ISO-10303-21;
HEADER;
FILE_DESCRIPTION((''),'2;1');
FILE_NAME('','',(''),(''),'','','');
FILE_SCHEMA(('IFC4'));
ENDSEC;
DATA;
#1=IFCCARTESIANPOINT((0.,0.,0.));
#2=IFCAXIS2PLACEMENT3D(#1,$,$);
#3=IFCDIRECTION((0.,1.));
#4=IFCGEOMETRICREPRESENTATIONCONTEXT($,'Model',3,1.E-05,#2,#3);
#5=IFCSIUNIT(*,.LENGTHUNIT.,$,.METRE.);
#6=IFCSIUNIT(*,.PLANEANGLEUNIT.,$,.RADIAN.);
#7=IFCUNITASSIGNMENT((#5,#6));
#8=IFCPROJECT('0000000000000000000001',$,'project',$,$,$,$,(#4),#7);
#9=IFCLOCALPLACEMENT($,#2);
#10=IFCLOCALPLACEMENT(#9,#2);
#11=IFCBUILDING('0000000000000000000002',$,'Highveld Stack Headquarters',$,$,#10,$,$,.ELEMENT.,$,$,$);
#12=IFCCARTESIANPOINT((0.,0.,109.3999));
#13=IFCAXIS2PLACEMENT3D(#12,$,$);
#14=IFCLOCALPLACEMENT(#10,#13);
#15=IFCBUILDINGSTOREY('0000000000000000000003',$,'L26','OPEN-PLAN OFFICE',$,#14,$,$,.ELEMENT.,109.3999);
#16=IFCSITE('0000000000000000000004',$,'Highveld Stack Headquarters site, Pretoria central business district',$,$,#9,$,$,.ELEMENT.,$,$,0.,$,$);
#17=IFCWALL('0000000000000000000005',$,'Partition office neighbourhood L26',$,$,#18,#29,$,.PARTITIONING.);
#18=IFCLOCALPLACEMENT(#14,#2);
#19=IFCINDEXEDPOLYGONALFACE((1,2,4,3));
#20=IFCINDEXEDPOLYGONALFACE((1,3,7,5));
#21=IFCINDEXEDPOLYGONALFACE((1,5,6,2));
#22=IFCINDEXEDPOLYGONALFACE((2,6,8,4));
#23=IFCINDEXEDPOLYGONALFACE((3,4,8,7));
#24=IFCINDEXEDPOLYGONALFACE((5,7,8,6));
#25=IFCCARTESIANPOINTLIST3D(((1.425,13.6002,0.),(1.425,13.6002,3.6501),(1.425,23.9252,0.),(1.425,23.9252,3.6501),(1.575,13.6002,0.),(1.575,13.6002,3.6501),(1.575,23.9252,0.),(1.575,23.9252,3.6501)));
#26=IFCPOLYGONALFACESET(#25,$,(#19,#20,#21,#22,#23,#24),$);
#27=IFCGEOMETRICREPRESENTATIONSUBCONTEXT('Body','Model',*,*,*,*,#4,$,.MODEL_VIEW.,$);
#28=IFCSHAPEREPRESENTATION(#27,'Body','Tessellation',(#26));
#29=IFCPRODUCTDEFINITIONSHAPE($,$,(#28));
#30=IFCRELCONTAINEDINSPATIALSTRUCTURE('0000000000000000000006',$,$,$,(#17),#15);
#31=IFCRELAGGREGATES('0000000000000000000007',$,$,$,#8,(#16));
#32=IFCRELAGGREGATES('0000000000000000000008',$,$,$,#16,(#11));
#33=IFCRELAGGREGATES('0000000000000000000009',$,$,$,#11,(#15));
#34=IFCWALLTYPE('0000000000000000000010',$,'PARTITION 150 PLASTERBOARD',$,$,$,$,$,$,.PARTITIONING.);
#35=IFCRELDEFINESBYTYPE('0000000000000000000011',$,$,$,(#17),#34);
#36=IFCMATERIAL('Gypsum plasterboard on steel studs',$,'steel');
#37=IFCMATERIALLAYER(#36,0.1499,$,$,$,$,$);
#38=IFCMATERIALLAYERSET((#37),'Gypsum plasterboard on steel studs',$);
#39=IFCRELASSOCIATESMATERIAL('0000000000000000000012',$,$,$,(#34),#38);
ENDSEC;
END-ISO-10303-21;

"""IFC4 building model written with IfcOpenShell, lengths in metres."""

from ifc_helpers import new_model, si_unit, direction, frame, frame_2d, origin, place, context, subcontext, project, spatial, rectangle, extrude, material, layer, layer_set, type_object, element, save


model = new_model("IFC4")

# Units and contexts
model_context = context("Model", 3, precision=1e-05, world=origin(), true_north=direction((0.0, 1.0)))
body_context = subcontext(model_context, "Body", "Model", "MODEL_VIEW")
ifc_project = project(units=[si_unit("LENGTHUNIT", "METRE"), si_unit("PLANEANGLEUNIT", "RADIAN")], contexts=[model_context])

# Site, building, storey
site_placement = place(None, origin())
site = spatial("IfcSite", under=ifc_project, at=site_placement, Name="Highveld Stack Headquarters site, Pretoria central business district", CompositionType="ELEMENT", RefElevation=0.0)
building_placement = place(site_placement, origin())
building = spatial("IfcBuilding", under=site, at=building_placement, Name="Highveld Stack Headquarters", CompositionType="ELEMENT")
storey_placement = place(building_placement, frame((0.0, 0.0, 109.3999)))
storey = spatial("IfcBuildingStorey", under=building, at=storey_placement, Name="L26", Description="OPEN-PLAN OFFICE", CompositionType="ELEMENT", Elevation=109.3999)

# Wall
ifc_material_1 = material(Name="Gypsum plasterboard on steel studs", Category="steel")
ifc_layer_1 = layer(ifc_material_1, 0.1499)
ifc_layer_set_1 = layer_set([ifc_layer_1], Name="Gypsum plasterboard on steel studs")
wall_type_1 = type_object("IfcWallType", Name="PARTITION 150 PLASTERBOARD", PredefinedType="PARTITIONING", material=ifc_layer_set_1)
wall_1_placement = place(storey_placement, frame((1.5, 13.6001, 0.0), z_axis=(0.0, 0.0, 1.0), x_axis=(0.0, 1.0, 0.0)))
element("IfcWall", 1, at=wall_1_placement, inside=storey, type_object=wall_type_1, Name="Partition office neighbourhood L26", PredefinedType="PARTITIONING", context=body_context, shape_type="SweptSolid", body=[
    extrude(rectangle(XDim=10.325, YDim=0.1499, at=frame_2d((5.1626, 0.0))), origin(), (0.0, 0.0, 1.0), 3.6501),
])

save(model, "model.ifc")
